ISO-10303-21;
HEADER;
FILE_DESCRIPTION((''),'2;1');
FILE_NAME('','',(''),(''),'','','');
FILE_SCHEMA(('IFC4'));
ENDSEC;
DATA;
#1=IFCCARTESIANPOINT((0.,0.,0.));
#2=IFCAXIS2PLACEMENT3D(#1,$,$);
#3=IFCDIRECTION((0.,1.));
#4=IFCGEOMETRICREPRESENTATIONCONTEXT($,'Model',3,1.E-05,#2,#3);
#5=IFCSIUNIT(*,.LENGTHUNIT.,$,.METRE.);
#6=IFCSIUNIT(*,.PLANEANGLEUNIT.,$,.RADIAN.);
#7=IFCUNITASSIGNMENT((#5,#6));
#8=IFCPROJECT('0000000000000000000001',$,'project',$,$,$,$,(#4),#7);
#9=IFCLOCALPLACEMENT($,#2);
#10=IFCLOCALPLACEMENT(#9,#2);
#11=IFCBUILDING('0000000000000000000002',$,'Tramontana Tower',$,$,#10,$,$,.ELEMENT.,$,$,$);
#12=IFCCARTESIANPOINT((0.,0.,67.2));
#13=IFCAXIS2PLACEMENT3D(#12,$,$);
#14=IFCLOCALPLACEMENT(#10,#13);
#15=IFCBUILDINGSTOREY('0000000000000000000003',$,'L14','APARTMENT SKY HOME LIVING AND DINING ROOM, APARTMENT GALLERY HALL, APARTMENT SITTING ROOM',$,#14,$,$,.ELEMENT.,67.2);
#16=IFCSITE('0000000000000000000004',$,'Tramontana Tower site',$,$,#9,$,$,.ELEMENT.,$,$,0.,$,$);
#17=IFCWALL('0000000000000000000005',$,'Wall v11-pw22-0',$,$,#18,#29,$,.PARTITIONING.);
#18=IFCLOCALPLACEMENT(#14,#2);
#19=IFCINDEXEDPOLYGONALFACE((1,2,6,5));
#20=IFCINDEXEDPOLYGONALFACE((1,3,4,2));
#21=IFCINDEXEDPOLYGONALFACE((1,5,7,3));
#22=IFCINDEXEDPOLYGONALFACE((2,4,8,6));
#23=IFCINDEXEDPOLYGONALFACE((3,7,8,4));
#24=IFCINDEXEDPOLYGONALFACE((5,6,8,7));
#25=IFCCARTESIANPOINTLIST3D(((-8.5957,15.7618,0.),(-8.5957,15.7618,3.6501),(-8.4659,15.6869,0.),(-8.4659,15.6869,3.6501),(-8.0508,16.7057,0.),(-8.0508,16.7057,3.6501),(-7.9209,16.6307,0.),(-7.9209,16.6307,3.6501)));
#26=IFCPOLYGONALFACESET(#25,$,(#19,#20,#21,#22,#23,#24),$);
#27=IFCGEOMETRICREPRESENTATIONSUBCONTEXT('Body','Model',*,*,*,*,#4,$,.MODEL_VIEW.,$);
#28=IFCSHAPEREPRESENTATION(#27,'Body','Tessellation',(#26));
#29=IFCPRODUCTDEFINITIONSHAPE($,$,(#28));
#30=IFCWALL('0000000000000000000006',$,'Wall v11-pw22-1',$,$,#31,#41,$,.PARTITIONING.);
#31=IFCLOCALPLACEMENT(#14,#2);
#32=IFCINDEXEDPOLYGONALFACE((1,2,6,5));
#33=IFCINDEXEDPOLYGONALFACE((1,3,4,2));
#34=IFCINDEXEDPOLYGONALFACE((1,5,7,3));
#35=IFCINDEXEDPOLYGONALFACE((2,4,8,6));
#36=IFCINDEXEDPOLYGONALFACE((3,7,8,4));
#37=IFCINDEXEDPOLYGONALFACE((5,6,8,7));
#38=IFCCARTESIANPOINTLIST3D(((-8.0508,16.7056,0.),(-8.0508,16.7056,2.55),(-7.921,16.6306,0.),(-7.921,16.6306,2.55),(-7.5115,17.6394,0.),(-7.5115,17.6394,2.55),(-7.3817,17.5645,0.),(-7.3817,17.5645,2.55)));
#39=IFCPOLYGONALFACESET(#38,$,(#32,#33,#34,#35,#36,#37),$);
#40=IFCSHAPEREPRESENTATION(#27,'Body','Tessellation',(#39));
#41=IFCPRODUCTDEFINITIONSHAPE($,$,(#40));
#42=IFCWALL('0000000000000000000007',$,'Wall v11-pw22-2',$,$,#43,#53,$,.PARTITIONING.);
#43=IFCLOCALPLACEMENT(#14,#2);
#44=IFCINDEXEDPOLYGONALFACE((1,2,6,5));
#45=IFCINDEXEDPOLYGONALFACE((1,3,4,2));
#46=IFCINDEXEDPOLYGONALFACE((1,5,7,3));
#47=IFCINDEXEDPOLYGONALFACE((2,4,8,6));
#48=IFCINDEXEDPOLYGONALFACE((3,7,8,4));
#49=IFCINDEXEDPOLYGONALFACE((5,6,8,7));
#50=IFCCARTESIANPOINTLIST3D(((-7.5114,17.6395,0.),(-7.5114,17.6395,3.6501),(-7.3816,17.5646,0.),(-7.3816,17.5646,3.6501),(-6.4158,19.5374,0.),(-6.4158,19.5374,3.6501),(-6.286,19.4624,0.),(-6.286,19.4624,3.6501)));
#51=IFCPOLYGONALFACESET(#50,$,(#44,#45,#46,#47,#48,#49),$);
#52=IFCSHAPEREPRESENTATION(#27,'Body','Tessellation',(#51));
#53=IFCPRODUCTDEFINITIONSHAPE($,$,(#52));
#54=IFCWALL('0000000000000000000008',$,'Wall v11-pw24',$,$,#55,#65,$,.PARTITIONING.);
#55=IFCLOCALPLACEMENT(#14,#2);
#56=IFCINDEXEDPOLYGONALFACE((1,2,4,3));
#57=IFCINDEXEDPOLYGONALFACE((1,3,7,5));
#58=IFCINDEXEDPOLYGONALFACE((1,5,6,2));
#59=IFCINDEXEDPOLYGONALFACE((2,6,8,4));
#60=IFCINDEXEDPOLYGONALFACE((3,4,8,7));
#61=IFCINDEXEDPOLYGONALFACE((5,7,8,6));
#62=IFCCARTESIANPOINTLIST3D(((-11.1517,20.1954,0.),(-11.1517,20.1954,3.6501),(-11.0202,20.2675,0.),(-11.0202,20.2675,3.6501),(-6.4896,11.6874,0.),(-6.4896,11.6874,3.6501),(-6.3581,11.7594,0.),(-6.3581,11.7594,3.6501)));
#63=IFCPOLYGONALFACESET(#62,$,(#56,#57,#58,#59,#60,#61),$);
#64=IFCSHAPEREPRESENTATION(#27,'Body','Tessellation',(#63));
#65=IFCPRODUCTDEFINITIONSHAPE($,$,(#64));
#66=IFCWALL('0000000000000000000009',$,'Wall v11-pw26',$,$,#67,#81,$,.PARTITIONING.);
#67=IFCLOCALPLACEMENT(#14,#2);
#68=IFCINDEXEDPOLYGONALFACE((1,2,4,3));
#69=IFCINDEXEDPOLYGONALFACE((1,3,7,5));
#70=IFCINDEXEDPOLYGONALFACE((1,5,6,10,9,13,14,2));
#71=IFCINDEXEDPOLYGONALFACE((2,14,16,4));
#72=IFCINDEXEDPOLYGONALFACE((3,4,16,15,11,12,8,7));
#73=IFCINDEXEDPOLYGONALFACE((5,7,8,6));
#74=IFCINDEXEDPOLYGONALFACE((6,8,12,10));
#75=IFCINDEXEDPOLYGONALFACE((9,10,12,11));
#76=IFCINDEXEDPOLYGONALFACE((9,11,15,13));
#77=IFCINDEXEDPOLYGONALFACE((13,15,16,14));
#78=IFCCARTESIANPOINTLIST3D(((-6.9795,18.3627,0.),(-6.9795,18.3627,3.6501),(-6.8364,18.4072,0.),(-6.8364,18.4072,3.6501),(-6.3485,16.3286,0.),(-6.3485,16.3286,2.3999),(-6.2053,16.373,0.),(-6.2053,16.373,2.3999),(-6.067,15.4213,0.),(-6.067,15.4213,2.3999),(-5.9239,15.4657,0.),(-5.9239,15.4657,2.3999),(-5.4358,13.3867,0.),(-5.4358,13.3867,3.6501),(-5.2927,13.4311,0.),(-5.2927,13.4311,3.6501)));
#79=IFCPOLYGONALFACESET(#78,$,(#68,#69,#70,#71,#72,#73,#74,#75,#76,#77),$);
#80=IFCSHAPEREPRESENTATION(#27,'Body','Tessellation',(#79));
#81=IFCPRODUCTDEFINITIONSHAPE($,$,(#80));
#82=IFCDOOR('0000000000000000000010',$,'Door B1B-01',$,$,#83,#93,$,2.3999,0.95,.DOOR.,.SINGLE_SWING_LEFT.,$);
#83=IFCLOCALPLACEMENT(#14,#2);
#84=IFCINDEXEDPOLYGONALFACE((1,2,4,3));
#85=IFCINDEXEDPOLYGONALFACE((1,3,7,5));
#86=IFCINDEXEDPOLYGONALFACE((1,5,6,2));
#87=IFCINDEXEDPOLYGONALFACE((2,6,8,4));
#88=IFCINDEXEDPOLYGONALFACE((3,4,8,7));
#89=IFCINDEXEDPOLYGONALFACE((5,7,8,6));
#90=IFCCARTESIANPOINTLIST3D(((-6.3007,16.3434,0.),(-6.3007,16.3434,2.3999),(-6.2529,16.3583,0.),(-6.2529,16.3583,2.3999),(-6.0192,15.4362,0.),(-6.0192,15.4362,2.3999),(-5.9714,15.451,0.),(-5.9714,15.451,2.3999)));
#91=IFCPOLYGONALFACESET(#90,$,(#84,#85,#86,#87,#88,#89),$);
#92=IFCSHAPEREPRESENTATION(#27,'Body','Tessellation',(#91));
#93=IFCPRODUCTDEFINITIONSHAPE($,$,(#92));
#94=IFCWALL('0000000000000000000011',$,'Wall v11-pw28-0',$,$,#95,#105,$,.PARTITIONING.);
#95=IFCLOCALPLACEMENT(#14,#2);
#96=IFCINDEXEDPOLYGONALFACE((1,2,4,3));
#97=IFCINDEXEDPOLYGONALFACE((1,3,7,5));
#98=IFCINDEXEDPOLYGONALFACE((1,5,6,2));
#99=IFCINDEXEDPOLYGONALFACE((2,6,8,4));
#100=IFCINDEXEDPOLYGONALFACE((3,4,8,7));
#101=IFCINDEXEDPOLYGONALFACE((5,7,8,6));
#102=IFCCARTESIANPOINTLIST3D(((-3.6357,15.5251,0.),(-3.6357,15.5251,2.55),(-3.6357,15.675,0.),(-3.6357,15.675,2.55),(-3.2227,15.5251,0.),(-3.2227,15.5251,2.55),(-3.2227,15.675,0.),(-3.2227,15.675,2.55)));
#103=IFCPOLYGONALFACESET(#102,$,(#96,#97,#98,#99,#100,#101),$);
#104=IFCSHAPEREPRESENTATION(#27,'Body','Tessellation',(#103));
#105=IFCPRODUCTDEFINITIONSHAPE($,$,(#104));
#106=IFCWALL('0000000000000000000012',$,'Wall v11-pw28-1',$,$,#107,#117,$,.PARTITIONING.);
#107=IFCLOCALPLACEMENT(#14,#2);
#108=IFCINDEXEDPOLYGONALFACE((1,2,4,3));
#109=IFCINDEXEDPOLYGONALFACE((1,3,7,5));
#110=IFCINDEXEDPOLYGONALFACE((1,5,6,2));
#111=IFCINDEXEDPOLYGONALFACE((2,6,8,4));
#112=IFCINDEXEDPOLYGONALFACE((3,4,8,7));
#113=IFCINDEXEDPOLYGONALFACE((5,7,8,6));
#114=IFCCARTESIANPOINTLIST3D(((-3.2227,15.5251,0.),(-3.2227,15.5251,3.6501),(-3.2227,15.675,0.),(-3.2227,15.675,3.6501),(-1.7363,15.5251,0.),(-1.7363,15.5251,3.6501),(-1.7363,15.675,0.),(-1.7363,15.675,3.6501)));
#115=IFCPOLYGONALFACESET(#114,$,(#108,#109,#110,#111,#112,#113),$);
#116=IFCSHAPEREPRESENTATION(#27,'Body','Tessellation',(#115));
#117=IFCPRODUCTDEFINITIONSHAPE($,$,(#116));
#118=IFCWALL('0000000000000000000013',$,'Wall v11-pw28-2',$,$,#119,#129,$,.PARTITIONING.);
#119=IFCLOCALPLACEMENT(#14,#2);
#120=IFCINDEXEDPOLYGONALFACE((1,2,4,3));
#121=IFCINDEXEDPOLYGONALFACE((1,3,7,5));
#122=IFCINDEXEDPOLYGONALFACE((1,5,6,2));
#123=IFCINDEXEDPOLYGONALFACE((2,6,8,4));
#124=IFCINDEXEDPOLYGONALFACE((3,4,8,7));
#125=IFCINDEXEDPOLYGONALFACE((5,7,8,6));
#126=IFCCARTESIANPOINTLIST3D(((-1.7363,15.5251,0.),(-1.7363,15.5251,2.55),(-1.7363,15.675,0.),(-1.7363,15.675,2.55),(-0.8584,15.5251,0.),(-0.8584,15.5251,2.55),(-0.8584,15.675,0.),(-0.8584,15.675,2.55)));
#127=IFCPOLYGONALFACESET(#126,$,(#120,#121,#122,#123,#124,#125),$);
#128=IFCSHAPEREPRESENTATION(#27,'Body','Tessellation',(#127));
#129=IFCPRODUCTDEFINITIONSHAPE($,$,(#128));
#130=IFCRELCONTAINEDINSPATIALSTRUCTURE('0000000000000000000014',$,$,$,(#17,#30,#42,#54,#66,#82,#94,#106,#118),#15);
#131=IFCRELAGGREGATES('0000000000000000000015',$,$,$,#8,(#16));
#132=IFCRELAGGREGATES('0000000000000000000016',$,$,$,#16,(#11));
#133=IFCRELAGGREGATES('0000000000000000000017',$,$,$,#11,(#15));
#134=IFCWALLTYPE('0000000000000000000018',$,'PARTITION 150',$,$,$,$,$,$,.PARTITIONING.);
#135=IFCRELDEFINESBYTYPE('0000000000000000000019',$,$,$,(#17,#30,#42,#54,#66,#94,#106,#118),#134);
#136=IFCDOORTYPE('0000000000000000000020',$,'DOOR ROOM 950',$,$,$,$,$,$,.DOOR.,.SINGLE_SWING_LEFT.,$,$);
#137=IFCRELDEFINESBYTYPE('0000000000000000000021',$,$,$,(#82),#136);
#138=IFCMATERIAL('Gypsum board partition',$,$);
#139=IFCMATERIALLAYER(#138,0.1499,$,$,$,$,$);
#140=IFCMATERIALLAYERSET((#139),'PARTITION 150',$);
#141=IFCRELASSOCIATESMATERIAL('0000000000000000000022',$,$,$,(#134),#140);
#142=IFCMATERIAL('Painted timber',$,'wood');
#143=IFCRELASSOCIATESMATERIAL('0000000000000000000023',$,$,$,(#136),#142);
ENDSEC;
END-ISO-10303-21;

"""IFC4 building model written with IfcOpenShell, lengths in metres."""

from ifc_helpers import new_model, si_unit, direction, frame, frame_2d, origin, place, context, subcontext, project, spatial, rectangle, extrude, material, layer, layer_set, type_object, element, fill, save


model = new_model("IFC4")

# Units and contexts
model_context = context("Model", 3, precision=1e-05, world=origin(), true_north=direction((0.0, 1.0)))
body_context = subcontext(model_context, "Body", "Model", "MODEL_VIEW")
ifc_project = project(units=[si_unit("LENGTHUNIT", "METRE"), si_unit("PLANEANGLEUNIT", "RADIAN")], contexts=[model_context])

# Site, building, storey
site_placement = place(None, origin())
site = spatial("IfcSite", under=ifc_project, at=site_placement, Name="Tramontana Tower site", CompositionType="ELEMENT", RefElevation=0.0)
building_placement = place(site_placement, origin())
building = spatial("IfcBuilding", under=site, at=building_placement, Name="Tramontana Tower", CompositionType="ELEMENT")
storey_placement = place(building_placement, frame((0.0, 0.0, 67.2)))
storey = spatial("IfcBuildingStorey", under=building, at=storey_placement, Name="L14", Description="APARTMENT SKY HOME LIVING AND DINING ROOM, APARTMENT GALLERY HALL, APARTMENT SITTING ROOM", CompositionType="ELEMENT", Elevation=67.2)

# Walls
ifc_material_1 = material(Name="Gypsum board partition")
ifc_layer_1 = layer(ifc_material_1, 0.1499)
ifc_layer_set_1 = layer_set([ifc_layer_1], Name="PARTITION 150")
wall_type_1 = type_object("IfcWallType", Name="PARTITION 150", PredefinedType="PARTITIONING", material=ifc_layer_set_1)
wall_1_placement = place(storey_placement, frame((-8.5308, 15.7244, 0.0), z_axis=(0.0, 0.0, 1.0), x_axis=(0.499994, 0.866029, 0.0)))
element("IfcWall", 1, at=wall_1_placement, inside=storey, type_object=wall_type_1, Name="Wall v11-pw22-0", PredefinedType="PARTITIONING", context=body_context, shape_type="SweptSolid", body=[
    extrude(rectangle(XDim=1.0898, YDim=0.1499, at=frame_2d((0.5449, 0.0))), origin(), (0.0, 0.0, 1.0), 3.6501),
])
wall_2_placement = place(storey_placement, frame((-7.9858, 16.6682, 0.0), z_axis=(0.0, 0.0, 1.0), x_axis=(0.500108, 0.865963, 0.0)))
element("IfcWall", 2, at=wall_2_placement, inside=storey, type_object=wall_type_1, Name="Wall v11-pw22-1", PredefinedType="PARTITIONING", context=body_context, shape_type="SweptSolid", body=[
    extrude(rectangle(XDim=1.0784, YDim=0.1499, at=frame_2d((0.5391, 0.0))), origin(), (0.0, 0.0, 1.0), 2.55),
])
wall_3_placement = place(storey_placement, frame((-7.4465, 17.6021, 0.0), z_axis=(0.0, 0.0, 1.0), x_axis=(0.499973, 0.866041, 0.0)))
element("IfcWall", 3, at=wall_3_placement, inside=storey, type_object=wall_type_1, Name="Wall v11-pw22-2", PredefinedType="PARTITIONING", context=body_context, shape_type="SweptSolid", body=[
    extrude(rectangle(XDim=2.1914, YDim=0.1499, at=frame_2d((1.0957, 0.0))), origin(), (0.0, 0.0, 1.0), 3.6501),
])
wall_4_placement = place(storey_placement, frame((-6.4238, 11.7234, 0.0), z_axis=(0.0, 0.0, 1.0), x_axis=(-0.480547, 0.876969, 0.0)))
element("IfcWall", 4, at=wall_4_placement, inside=storey, type_object=wall_type_1, Name="Wall v11-pw24", PredefinedType="PARTITIONING", context=body_context, shape_type="SweptSolid", body=[
    extrude(rectangle(XDim=9.7017, YDim=0.1499, at=frame_2d((4.8508, 0.0))), origin(), (0.0, 0.0, 1.0), 3.6501),
])

# Wall, opening, door
wall_5_placement = place(storey_placement, frame((-5.3643, 13.4089, 0.0), z_axis=(0.0, 0.0, 1.0), x_axis=(-0.296295, 0.955097, 0.0)))
wall_5 = element("IfcWall", 5, at=wall_5_placement, inside=storey, type_object=wall_type_1, Name="Wall v11-pw26", PredefinedType="PARTITIONING", context=body_context, shape_type="SweptSolid", body=[
    extrude(rectangle(XDim=5.21, YDim=0.1499, at=frame_2d((2.605, 0.0))), origin(), (0.0, 0.0, 1.0), 3.6501),
])
opening_1_placement = place(wall_5_placement, frame((2.1301, 0.0, 0.0)))
opening_1 = element("IfcOpeningElement", 6, at=opening_1_placement, cuts=wall_5, PredefinedType="OPENING", context=body_context, shape_type="SweptSolid", body=[
    extrude(rectangle(XDim=0.95, YDim=2.3999, at=frame_2d((0.4751, 1.2))), frame((0.0, 0.085, 0.0), z_axis=(0.0, -1.0, 0.0), x_axis=(1.0, 0.0, 0.0)), (0.0, 0.0, 1.0), 0.1699),
])
ifc_material_2 = material(Name="Painted timber", Category="wood")
door_type_1 = type_object("IfcDoorType", Name="DOOR ROOM 950", OperationType="SINGLE_SWING_LEFT", PredefinedType="DOOR", material=ifc_material_2)
door_1_placement = place(opening_1_placement, origin())
door_1 = element("IfcDoor", 7, at=door_1_placement, inside=storey, type_object=door_type_1, Name="Door B1B-01", OperationType="SINGLE_SWING_LEFT", OverallHeight=2.3999, OverallWidth=0.95, PredefinedType="DOOR", context=body_context, shape_type="SweptSolid", body=[
    extrude(rectangle(XDim=0.95, YDim=2.3999, at=frame_2d((0.4751, 1.2))), frame((0.0, 0.0249, 0.0), z_axis=(0.0, -1.0, 0.0), x_axis=(1.0, 0.0, 0.0)), (0.0, 0.0, 1.0), 0.05),
])
fill(opening_1, door_1)

# Walls
wall_6_placement = place(storey_placement, frame((-3.6357, 15.6001, 0.0), z_axis=(0.0, 0.0, 1.0), x_axis=(1.0, 0.0, 0.0)))
element("IfcWall", 8, at=wall_6_placement, inside=storey, type_object=wall_type_1, Name="Wall v11-pw28-0", PredefinedType="PARTITIONING", context=body_context, shape_type="SweptSolid", body=[
    extrude(rectangle(XDim=0.4131, YDim=0.1499, at=frame_2d((0.2065, 0.0))), origin(), (0.0, 0.0, 1.0), 2.55),
])
wall_7_placement = place(storey_placement, frame((-3.2227, 15.6001, 0.0), z_axis=(0.0, 0.0, 1.0), x_axis=(1.0, 0.0, 0.0)))
element("IfcWall", 9, at=wall_7_placement, inside=storey, type_object=wall_type_1, Name="Wall v11-pw28-1", PredefinedType="PARTITIONING", context=body_context, shape_type="SweptSolid", body=[
    extrude(rectangle(XDim=1.4863, YDim=0.1499, at=frame_2d((0.7432, 0.0))), origin(), (0.0, 0.0, 1.0), 3.6501),
])
wall_8_placement = place(storey_placement, frame((-1.7363, 15.6001, 0.0), z_axis=(0.0, 0.0, 1.0), x_axis=(1.0, 0.0, 0.0)))
element("IfcWall", 10, at=wall_8_placement, inside=storey, type_object=wall_type_1, Name="Wall v11-pw28-2", PredefinedType="PARTITIONING", context=body_context, shape_type="SweptSolid", body=[
    extrude(rectangle(XDim=0.8779, YDim=0.1499, at=frame_2d((0.439, 0.0))), origin(), (0.0, 0.0, 1.0), 2.55),
])

save(model, "model.ifc")
